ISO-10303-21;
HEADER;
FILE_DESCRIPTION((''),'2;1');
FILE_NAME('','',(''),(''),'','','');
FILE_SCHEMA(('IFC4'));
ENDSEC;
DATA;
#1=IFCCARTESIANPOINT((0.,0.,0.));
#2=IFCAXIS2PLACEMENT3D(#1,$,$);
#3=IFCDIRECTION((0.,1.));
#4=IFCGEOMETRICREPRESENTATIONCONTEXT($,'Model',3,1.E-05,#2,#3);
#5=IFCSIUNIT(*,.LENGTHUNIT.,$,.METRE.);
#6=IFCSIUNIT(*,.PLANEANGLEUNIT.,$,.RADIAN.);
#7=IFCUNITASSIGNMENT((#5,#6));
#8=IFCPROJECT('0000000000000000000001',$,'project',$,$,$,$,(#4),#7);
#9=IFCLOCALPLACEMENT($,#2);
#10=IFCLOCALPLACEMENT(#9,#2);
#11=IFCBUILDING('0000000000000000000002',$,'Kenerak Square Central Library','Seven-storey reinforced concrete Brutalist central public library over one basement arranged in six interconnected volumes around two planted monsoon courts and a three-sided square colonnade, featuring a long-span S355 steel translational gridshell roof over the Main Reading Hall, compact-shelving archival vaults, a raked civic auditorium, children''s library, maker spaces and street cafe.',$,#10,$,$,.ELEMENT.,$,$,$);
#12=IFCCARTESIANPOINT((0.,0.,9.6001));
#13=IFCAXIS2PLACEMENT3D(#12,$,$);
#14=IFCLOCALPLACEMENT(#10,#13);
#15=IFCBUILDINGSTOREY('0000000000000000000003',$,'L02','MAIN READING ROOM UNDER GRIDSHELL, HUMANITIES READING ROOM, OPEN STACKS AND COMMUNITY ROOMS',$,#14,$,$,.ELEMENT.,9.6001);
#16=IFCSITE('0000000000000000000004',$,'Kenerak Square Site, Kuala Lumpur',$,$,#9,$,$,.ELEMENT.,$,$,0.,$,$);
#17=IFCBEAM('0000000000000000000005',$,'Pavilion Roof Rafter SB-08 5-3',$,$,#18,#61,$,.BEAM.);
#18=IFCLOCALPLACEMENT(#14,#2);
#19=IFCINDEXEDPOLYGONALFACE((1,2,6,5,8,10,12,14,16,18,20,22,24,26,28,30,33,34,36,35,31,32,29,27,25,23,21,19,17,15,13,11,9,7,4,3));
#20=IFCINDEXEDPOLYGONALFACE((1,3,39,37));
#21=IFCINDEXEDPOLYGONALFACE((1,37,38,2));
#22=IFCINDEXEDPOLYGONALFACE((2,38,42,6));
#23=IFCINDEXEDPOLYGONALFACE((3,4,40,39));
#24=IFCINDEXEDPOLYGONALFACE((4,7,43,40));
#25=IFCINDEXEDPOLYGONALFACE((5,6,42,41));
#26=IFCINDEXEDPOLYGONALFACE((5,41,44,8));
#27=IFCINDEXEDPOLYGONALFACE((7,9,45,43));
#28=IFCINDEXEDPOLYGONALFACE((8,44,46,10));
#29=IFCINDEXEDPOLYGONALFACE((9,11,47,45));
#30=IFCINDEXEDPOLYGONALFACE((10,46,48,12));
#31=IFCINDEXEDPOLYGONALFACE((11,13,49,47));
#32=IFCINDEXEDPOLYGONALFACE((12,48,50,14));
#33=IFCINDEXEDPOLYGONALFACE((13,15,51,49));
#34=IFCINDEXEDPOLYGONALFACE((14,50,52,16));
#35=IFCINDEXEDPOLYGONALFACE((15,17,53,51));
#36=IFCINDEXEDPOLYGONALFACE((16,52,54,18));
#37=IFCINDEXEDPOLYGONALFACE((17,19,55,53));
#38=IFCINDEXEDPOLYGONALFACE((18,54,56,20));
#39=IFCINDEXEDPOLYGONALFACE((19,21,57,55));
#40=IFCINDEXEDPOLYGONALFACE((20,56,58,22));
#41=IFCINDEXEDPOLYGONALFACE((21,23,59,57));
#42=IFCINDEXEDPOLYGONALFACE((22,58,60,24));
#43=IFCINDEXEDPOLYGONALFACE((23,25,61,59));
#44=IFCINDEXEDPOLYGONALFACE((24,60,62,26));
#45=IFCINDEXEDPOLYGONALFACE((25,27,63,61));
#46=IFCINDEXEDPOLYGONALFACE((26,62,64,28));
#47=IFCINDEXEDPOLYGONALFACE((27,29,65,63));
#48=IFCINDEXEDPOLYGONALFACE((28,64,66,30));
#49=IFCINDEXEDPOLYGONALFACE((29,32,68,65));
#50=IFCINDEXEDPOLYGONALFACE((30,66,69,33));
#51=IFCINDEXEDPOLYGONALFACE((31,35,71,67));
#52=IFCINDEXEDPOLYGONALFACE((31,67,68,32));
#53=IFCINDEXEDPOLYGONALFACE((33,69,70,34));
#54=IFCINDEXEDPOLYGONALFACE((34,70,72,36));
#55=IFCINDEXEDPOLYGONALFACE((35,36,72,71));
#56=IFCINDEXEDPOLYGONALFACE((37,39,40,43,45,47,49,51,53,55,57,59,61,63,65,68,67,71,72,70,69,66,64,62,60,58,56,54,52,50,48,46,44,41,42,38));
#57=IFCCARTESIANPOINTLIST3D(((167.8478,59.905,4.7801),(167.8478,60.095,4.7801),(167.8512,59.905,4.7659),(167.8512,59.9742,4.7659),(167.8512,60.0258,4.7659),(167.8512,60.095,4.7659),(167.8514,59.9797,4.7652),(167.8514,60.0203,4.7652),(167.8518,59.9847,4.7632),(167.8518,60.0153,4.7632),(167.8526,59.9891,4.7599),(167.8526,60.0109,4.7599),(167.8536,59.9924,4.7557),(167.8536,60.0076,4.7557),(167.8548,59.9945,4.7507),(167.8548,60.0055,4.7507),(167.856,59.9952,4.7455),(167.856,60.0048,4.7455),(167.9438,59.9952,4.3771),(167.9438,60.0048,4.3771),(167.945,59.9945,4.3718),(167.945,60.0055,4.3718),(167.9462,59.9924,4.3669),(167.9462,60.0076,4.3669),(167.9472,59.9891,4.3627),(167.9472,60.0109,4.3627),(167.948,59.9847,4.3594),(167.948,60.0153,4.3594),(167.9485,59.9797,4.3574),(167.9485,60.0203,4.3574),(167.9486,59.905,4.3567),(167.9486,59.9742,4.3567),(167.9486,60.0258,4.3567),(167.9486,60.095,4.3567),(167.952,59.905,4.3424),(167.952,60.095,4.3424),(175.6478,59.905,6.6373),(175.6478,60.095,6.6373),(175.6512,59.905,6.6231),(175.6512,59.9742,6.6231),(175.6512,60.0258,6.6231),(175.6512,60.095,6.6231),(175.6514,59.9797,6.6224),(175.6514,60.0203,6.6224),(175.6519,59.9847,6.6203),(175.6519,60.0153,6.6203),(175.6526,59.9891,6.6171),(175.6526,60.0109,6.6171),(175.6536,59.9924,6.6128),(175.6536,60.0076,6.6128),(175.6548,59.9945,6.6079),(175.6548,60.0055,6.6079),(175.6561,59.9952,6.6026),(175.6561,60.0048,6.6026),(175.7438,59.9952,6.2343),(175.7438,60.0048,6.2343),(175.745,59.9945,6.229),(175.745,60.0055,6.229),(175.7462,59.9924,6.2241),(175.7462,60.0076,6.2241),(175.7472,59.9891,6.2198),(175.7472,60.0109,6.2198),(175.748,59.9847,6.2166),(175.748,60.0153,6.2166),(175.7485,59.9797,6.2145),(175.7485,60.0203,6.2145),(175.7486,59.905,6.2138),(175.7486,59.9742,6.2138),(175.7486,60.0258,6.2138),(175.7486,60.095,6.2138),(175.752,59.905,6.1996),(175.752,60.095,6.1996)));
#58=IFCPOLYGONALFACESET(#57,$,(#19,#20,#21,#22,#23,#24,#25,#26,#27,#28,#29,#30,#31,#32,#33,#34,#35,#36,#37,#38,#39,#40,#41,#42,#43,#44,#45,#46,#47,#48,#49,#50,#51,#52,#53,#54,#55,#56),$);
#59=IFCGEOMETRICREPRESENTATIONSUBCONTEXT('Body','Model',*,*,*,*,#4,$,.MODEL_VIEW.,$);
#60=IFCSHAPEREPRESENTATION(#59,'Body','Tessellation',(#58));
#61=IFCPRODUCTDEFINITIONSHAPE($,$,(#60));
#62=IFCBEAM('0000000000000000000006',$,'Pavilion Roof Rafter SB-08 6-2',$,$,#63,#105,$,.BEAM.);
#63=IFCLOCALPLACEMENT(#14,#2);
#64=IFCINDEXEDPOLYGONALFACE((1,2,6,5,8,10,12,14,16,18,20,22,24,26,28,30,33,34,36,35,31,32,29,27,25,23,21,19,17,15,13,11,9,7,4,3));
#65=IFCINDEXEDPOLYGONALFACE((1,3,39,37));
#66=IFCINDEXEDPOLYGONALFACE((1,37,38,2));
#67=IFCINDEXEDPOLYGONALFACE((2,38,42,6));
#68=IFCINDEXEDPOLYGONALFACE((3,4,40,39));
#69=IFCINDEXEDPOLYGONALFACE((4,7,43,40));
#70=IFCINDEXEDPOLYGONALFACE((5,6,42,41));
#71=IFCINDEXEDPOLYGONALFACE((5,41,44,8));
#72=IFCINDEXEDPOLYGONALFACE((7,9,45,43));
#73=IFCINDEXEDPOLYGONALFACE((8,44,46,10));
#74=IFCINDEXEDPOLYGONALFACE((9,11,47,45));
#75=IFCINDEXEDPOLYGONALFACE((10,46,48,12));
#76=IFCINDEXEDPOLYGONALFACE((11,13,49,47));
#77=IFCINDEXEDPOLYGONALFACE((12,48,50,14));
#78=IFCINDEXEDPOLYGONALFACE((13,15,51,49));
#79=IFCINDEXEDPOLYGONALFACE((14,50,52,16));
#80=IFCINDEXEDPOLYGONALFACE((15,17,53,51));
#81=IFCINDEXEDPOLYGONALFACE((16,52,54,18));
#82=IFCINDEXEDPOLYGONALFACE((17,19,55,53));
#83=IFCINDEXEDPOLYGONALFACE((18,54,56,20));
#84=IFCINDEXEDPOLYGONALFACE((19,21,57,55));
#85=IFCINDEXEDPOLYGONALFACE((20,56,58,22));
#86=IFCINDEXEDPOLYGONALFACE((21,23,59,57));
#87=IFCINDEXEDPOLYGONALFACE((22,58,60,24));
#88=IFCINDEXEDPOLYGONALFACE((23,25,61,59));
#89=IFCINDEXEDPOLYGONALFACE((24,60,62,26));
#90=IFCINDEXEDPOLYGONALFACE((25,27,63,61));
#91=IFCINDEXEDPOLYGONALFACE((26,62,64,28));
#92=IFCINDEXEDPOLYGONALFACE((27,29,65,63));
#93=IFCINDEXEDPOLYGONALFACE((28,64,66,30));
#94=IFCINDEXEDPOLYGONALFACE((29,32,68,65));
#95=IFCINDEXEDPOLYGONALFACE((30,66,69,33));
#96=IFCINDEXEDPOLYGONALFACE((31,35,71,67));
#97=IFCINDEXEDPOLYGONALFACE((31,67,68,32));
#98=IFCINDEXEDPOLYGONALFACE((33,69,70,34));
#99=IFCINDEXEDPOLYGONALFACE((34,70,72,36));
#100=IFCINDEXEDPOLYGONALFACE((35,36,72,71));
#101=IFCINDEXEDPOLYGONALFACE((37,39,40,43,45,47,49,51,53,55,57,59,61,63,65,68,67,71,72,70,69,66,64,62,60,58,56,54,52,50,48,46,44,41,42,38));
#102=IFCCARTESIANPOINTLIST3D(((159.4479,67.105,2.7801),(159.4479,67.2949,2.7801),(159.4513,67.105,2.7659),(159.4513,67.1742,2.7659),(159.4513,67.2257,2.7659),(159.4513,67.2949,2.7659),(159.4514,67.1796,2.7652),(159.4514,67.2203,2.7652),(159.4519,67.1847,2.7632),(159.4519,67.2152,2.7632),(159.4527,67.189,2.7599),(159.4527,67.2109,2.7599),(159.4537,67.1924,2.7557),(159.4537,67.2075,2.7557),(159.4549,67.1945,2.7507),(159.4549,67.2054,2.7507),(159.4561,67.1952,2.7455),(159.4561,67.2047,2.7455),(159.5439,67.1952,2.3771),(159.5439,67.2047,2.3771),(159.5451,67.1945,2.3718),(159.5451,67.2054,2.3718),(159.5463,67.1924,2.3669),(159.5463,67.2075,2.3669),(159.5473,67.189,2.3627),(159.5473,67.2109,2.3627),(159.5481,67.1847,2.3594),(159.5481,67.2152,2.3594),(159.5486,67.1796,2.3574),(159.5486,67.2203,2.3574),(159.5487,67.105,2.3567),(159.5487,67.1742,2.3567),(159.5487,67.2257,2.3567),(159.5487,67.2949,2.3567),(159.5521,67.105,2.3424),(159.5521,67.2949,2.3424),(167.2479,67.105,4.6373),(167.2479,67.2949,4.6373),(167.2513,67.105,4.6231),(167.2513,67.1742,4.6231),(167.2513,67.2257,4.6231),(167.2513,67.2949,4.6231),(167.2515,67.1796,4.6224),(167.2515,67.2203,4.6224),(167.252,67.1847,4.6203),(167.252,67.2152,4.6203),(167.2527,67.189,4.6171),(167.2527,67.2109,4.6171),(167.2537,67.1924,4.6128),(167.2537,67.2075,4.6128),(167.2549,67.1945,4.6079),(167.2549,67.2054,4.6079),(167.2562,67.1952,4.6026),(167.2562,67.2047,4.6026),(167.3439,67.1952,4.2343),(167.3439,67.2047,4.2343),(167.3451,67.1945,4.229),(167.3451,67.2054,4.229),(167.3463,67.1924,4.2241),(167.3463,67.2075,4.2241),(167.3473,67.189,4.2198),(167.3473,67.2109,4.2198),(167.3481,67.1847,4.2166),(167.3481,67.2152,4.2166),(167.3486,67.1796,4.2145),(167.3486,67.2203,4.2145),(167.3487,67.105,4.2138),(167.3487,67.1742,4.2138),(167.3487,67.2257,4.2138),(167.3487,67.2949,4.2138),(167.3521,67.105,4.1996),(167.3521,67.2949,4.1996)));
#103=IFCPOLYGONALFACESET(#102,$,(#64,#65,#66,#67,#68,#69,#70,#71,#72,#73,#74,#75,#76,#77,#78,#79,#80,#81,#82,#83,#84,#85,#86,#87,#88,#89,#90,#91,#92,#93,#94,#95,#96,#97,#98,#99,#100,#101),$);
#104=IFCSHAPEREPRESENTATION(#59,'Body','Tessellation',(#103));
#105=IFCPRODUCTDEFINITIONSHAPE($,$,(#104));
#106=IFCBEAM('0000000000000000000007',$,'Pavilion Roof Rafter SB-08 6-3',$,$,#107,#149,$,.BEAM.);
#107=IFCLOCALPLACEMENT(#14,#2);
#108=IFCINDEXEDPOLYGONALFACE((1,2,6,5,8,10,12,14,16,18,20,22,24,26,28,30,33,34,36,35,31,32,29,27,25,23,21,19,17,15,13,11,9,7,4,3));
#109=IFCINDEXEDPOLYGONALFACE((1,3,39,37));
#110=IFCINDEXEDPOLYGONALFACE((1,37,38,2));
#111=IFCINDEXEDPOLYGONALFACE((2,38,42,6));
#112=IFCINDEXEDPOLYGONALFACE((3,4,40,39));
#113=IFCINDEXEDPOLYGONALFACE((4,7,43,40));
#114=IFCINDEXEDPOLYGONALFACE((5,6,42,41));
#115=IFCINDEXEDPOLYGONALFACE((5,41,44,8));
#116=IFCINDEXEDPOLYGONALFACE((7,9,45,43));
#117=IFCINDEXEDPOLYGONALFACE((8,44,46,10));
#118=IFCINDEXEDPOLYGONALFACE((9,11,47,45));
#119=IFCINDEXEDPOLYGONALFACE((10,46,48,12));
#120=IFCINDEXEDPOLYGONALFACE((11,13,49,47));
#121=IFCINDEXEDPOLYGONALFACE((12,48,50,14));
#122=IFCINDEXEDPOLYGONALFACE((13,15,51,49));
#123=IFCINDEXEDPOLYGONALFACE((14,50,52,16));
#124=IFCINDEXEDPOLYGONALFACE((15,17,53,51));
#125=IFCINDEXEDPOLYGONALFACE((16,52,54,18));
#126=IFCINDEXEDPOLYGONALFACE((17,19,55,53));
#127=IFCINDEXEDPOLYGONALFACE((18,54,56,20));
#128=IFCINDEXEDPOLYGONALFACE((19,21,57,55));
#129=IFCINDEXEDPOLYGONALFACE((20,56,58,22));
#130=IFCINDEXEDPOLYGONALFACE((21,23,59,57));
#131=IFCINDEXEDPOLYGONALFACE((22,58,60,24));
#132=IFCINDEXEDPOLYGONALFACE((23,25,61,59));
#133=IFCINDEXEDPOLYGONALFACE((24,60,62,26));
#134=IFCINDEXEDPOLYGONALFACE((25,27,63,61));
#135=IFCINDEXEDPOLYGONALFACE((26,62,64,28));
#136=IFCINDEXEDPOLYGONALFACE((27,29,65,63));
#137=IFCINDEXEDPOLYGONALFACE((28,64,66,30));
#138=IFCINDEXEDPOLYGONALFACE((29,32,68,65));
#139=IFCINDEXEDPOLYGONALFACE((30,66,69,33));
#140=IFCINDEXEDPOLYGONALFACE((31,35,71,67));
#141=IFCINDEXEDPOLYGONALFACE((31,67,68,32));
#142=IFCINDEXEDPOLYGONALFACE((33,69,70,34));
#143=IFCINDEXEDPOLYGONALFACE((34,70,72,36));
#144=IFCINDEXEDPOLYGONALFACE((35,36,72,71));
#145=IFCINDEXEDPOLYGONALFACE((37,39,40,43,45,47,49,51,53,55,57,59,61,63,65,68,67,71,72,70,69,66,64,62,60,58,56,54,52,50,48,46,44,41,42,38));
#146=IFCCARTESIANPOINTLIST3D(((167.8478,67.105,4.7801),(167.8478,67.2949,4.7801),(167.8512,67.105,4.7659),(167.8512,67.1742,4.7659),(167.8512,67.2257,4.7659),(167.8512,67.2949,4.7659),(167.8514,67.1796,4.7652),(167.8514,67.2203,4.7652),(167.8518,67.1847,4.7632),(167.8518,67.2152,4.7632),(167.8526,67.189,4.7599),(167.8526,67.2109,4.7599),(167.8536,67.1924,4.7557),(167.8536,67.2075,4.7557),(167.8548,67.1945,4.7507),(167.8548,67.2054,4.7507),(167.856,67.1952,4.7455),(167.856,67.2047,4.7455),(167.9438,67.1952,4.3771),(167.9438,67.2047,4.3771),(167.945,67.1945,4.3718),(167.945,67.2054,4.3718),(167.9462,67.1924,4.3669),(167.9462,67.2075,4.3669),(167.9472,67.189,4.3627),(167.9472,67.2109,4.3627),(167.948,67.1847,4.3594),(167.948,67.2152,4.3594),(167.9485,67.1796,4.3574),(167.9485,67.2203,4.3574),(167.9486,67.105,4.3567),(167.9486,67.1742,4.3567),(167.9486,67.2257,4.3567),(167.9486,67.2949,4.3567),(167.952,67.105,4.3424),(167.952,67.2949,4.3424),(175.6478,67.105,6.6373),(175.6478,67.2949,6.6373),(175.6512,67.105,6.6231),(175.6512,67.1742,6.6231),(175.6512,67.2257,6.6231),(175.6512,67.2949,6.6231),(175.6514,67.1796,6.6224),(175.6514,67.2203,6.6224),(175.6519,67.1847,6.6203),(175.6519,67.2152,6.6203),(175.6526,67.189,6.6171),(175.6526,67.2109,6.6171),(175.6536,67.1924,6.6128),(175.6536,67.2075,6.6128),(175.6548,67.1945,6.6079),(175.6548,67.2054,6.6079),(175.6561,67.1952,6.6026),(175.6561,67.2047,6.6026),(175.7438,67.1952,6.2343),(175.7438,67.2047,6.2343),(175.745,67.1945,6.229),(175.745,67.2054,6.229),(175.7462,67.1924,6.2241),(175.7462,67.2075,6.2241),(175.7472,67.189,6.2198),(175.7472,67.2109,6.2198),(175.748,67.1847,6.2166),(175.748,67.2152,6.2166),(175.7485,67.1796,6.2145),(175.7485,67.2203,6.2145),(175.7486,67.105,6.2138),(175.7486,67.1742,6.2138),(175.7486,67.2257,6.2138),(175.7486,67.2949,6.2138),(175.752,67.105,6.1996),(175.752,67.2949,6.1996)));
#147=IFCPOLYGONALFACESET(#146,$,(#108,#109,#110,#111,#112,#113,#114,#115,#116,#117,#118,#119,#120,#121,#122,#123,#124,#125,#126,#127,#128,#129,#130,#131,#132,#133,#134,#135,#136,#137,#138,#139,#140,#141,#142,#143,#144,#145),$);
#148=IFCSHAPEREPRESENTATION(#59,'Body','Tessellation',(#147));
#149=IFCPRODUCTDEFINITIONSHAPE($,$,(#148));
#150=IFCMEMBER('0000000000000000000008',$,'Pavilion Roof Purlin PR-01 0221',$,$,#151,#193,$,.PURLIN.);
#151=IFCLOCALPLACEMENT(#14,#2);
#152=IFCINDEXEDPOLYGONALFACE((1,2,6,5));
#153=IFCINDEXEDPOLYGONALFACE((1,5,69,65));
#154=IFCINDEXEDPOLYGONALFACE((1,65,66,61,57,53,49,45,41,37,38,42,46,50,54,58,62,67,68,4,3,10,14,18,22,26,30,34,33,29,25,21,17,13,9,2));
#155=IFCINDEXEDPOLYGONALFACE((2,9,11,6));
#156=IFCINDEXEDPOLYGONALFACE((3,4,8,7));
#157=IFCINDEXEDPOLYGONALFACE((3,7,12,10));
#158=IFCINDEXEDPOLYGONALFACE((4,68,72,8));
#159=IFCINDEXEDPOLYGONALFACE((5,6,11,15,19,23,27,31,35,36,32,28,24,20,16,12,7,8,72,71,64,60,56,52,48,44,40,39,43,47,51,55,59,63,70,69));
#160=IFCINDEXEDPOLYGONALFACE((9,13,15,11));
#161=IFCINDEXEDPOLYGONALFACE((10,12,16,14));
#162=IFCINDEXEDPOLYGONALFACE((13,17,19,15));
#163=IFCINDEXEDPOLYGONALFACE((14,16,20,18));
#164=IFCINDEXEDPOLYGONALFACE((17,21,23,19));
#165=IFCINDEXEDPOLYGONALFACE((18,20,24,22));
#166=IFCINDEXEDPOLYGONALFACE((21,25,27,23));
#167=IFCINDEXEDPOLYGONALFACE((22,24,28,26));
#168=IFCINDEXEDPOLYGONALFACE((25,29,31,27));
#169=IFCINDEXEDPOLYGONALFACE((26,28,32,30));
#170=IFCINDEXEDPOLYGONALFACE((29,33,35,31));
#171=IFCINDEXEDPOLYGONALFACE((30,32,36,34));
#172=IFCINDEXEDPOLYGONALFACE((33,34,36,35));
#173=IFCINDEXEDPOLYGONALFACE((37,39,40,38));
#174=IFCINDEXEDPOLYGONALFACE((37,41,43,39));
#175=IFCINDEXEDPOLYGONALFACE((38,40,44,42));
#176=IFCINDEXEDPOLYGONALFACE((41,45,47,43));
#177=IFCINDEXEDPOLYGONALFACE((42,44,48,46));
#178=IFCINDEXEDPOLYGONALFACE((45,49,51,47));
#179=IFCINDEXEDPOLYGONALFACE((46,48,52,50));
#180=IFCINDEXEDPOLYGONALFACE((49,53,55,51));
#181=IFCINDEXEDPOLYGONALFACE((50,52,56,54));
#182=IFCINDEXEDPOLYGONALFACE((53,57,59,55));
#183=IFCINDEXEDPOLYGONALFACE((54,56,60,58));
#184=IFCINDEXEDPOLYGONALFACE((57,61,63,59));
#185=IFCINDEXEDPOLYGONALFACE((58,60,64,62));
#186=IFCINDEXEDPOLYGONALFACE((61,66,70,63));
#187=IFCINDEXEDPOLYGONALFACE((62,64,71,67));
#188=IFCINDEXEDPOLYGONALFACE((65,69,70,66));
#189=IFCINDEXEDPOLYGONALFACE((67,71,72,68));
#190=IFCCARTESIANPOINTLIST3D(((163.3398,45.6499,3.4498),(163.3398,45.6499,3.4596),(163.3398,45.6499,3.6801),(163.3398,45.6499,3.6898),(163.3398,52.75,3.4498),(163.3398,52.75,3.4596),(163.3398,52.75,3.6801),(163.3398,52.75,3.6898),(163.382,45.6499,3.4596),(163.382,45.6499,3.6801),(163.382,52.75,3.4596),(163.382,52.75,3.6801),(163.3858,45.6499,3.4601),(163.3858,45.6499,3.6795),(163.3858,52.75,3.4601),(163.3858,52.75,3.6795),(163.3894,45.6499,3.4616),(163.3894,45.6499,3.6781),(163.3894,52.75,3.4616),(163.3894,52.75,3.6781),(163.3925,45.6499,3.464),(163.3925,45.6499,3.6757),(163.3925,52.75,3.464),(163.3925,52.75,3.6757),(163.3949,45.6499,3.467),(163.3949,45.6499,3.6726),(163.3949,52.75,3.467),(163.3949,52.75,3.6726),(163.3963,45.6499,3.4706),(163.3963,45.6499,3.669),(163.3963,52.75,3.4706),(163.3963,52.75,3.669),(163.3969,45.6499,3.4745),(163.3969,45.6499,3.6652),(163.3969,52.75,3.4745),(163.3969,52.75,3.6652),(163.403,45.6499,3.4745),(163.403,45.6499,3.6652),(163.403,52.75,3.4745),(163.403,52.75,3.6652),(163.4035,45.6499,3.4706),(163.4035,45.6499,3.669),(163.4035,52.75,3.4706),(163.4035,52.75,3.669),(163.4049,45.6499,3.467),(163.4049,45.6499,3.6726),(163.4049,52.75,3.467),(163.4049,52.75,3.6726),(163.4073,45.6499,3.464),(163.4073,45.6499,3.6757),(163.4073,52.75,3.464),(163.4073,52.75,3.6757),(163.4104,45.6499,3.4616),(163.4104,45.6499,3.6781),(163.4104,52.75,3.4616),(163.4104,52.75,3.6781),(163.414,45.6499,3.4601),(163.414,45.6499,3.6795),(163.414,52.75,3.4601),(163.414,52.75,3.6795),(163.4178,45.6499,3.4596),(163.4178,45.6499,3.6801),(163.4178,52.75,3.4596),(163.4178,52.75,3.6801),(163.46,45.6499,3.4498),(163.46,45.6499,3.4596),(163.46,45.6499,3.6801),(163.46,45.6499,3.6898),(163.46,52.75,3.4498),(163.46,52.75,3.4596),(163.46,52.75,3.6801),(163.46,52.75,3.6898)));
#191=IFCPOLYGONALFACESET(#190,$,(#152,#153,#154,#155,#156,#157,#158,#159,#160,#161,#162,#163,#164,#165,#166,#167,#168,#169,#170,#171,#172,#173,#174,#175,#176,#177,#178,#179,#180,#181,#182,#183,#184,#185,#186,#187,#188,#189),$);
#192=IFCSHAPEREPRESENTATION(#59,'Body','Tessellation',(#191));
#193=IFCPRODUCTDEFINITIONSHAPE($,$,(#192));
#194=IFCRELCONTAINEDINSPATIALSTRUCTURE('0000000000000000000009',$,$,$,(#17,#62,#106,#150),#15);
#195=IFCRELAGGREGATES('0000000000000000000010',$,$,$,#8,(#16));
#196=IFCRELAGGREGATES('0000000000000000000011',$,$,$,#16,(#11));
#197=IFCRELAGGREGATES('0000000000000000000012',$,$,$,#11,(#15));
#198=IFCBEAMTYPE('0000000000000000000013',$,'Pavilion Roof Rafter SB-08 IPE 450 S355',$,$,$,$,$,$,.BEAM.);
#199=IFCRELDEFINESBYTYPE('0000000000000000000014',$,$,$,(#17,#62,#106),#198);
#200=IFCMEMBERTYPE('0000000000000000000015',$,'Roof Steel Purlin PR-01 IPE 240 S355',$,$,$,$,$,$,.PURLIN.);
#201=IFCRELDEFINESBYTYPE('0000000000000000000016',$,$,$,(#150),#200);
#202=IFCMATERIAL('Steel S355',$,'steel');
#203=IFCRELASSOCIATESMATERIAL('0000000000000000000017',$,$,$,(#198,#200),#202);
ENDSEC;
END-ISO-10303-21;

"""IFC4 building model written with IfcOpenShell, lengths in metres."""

from ifc_helpers import new_model, si_unit, direction, frame, origin, origin_2d, place, context, subcontext, project, spatial, i_section, extrude, material, material_profile, profile_set, type_object, element, save


model = new_model("IFC4")

# Units and contexts
model_context = context("Model", 3, precision=1e-05, world=origin(), true_north=direction((0.0, 1.0)))
body_context = subcontext(model_context, "Body", "Model", "MODEL_VIEW")
ifc_project = project(units=[si_unit("LENGTHUNIT", "METRE"), si_unit("PLANEANGLEUNIT", "RADIAN")], contexts=[model_context])

# Site, building, storey
site_placement = place(None, origin())
site = spatial("IfcSite", under=ifc_project, at=site_placement, Name="Kenerak Square Site, Kuala Lumpur", CompositionType="ELEMENT", RefElevation=0.0)
building_placement = place(site_placement, origin())
building = spatial("IfcBuilding", under=site, at=building_placement, Name="Kenerak Square Central Library", Description="Seven-storey reinforced concrete Brutalist central public library over one basement arranged in six interconnected volumes around two planted monsoon courts and a three-sided square colonnade, featuring a long-span S355 steel translational gridshell roof over the Main Reading Hall, compact-shelving archival vaults, a raked civic auditorium, children's library, maker spaces and street cafe.", CompositionType="ELEMENT")
storey_placement = place(building_placement, frame((0.0, 0.0, 9.6001)))
storey = spatial("IfcBuildingStorey", under=building, at=storey_placement, Name="L02", Description="MAIN READING ROOM UNDER GRIDSHELL, HUMANITIES READING ROOM, OPEN STACKS AND COMMUNITY ROOMS", CompositionType="ELEMENT", Elevation=9.6001)

# Beams
ifc_material_1 = material(Name="Steel S355", Category="steel")
ifc_material_profile_1 = material_profile(ifc_material_1, i_section(OverallWidth=0.1899, OverallDepth=0.45, WebThickness=0.0095, FlangeThickness=0.0146, FilletRadius=0.021, at=origin_2d()), Name="IPE 450")
ifc_profile_set_1 = profile_set([ifc_material_profile_1], Name="Steel S355")
beam_type_1 = type_object("IfcBeamType", Name="Pavilion Roof Rafter SB-08 IPE 450 S355", PredefinedType="BEAM", material=ifc_profile_set_1)
for number, where, z_axis, x_axis, name in (
    (1, (167.8999, 60.0, 4.5613), (0.972806, 0.0, 0.231623), (0.0, 1.0, 0.0), "Pavilion Roof Rafter SB-08 5-3"),
    (2, (159.5, 67.2, 2.5613), (0.972806, 0.0, 0.231623), (0.0, 1.0, 0.0), "Pavilion Roof Rafter SB-08 6-2"),
    (3, (167.8999, 67.2, 4.5613), (0.972806, 0.0, 0.231623), (0.0, 1.0, 0.0), "Pavilion Roof Rafter SB-08 6-3"),
):
    element("IfcBeam", number, at=place(storey_placement, frame(where, z_axis=z_axis, x_axis=x_axis)), inside=storey, type_object=beam_type_1, Name=name, PredefinedType="BEAM", context=body_context, shape_type="SweptSolid", body=[
        extrude(i_section(OverallWidth=0.1899, OverallDepth=0.45, WebThickness=0.0095, FlangeThickness=0.0146, FilletRadius=0.021, at=origin_2d()), origin(), (0.0, 0.0, 1.0), 8.0181),
    ])

# Member
ifc_material_profile_2 = material_profile(ifc_material_1, i_section(OverallWidth=0.1201, OverallDepth=0.24, WebThickness=0.0061, FlangeThickness=0.0098, FilletRadius=0.0149, at=origin_2d()), Name="IPE 240")
ifc_profile_set_2 = profile_set([ifc_material_profile_2], Name="Steel S355")
member_type = type_object("IfcMemberType", Name="Roof Steel Purlin PR-01 IPE 240 S355", PredefinedType="PURLIN", material=ifc_profile_set_2)
for number, where, z_axis, x_axis, name in (
    (4, (163.3999, 45.6499, 3.5698), (0.0, 1.0, 0.0), (-1.0, 0.0, 0.0), "Pavilion Roof Purlin PR-01 0221"),
):
    element("IfcMember", number, at=place(storey_placement, frame(where, z_axis=z_axis, x_axis=x_axis)), inside=storey, type_object=member_type, Name=name, PredefinedType="PURLIN", context=body_context, shape_type="SweptSolid", body=[
        extrude(i_section(OverallWidth=0.1201, OverallDepth=0.24, WebThickness=0.0061, FlangeThickness=0.0098, FilletRadius=0.0149, at=origin_2d()), origin(), (0.0, 0.0, 1.0), 7.1001),
    ])

save(model, "model.ifc")
